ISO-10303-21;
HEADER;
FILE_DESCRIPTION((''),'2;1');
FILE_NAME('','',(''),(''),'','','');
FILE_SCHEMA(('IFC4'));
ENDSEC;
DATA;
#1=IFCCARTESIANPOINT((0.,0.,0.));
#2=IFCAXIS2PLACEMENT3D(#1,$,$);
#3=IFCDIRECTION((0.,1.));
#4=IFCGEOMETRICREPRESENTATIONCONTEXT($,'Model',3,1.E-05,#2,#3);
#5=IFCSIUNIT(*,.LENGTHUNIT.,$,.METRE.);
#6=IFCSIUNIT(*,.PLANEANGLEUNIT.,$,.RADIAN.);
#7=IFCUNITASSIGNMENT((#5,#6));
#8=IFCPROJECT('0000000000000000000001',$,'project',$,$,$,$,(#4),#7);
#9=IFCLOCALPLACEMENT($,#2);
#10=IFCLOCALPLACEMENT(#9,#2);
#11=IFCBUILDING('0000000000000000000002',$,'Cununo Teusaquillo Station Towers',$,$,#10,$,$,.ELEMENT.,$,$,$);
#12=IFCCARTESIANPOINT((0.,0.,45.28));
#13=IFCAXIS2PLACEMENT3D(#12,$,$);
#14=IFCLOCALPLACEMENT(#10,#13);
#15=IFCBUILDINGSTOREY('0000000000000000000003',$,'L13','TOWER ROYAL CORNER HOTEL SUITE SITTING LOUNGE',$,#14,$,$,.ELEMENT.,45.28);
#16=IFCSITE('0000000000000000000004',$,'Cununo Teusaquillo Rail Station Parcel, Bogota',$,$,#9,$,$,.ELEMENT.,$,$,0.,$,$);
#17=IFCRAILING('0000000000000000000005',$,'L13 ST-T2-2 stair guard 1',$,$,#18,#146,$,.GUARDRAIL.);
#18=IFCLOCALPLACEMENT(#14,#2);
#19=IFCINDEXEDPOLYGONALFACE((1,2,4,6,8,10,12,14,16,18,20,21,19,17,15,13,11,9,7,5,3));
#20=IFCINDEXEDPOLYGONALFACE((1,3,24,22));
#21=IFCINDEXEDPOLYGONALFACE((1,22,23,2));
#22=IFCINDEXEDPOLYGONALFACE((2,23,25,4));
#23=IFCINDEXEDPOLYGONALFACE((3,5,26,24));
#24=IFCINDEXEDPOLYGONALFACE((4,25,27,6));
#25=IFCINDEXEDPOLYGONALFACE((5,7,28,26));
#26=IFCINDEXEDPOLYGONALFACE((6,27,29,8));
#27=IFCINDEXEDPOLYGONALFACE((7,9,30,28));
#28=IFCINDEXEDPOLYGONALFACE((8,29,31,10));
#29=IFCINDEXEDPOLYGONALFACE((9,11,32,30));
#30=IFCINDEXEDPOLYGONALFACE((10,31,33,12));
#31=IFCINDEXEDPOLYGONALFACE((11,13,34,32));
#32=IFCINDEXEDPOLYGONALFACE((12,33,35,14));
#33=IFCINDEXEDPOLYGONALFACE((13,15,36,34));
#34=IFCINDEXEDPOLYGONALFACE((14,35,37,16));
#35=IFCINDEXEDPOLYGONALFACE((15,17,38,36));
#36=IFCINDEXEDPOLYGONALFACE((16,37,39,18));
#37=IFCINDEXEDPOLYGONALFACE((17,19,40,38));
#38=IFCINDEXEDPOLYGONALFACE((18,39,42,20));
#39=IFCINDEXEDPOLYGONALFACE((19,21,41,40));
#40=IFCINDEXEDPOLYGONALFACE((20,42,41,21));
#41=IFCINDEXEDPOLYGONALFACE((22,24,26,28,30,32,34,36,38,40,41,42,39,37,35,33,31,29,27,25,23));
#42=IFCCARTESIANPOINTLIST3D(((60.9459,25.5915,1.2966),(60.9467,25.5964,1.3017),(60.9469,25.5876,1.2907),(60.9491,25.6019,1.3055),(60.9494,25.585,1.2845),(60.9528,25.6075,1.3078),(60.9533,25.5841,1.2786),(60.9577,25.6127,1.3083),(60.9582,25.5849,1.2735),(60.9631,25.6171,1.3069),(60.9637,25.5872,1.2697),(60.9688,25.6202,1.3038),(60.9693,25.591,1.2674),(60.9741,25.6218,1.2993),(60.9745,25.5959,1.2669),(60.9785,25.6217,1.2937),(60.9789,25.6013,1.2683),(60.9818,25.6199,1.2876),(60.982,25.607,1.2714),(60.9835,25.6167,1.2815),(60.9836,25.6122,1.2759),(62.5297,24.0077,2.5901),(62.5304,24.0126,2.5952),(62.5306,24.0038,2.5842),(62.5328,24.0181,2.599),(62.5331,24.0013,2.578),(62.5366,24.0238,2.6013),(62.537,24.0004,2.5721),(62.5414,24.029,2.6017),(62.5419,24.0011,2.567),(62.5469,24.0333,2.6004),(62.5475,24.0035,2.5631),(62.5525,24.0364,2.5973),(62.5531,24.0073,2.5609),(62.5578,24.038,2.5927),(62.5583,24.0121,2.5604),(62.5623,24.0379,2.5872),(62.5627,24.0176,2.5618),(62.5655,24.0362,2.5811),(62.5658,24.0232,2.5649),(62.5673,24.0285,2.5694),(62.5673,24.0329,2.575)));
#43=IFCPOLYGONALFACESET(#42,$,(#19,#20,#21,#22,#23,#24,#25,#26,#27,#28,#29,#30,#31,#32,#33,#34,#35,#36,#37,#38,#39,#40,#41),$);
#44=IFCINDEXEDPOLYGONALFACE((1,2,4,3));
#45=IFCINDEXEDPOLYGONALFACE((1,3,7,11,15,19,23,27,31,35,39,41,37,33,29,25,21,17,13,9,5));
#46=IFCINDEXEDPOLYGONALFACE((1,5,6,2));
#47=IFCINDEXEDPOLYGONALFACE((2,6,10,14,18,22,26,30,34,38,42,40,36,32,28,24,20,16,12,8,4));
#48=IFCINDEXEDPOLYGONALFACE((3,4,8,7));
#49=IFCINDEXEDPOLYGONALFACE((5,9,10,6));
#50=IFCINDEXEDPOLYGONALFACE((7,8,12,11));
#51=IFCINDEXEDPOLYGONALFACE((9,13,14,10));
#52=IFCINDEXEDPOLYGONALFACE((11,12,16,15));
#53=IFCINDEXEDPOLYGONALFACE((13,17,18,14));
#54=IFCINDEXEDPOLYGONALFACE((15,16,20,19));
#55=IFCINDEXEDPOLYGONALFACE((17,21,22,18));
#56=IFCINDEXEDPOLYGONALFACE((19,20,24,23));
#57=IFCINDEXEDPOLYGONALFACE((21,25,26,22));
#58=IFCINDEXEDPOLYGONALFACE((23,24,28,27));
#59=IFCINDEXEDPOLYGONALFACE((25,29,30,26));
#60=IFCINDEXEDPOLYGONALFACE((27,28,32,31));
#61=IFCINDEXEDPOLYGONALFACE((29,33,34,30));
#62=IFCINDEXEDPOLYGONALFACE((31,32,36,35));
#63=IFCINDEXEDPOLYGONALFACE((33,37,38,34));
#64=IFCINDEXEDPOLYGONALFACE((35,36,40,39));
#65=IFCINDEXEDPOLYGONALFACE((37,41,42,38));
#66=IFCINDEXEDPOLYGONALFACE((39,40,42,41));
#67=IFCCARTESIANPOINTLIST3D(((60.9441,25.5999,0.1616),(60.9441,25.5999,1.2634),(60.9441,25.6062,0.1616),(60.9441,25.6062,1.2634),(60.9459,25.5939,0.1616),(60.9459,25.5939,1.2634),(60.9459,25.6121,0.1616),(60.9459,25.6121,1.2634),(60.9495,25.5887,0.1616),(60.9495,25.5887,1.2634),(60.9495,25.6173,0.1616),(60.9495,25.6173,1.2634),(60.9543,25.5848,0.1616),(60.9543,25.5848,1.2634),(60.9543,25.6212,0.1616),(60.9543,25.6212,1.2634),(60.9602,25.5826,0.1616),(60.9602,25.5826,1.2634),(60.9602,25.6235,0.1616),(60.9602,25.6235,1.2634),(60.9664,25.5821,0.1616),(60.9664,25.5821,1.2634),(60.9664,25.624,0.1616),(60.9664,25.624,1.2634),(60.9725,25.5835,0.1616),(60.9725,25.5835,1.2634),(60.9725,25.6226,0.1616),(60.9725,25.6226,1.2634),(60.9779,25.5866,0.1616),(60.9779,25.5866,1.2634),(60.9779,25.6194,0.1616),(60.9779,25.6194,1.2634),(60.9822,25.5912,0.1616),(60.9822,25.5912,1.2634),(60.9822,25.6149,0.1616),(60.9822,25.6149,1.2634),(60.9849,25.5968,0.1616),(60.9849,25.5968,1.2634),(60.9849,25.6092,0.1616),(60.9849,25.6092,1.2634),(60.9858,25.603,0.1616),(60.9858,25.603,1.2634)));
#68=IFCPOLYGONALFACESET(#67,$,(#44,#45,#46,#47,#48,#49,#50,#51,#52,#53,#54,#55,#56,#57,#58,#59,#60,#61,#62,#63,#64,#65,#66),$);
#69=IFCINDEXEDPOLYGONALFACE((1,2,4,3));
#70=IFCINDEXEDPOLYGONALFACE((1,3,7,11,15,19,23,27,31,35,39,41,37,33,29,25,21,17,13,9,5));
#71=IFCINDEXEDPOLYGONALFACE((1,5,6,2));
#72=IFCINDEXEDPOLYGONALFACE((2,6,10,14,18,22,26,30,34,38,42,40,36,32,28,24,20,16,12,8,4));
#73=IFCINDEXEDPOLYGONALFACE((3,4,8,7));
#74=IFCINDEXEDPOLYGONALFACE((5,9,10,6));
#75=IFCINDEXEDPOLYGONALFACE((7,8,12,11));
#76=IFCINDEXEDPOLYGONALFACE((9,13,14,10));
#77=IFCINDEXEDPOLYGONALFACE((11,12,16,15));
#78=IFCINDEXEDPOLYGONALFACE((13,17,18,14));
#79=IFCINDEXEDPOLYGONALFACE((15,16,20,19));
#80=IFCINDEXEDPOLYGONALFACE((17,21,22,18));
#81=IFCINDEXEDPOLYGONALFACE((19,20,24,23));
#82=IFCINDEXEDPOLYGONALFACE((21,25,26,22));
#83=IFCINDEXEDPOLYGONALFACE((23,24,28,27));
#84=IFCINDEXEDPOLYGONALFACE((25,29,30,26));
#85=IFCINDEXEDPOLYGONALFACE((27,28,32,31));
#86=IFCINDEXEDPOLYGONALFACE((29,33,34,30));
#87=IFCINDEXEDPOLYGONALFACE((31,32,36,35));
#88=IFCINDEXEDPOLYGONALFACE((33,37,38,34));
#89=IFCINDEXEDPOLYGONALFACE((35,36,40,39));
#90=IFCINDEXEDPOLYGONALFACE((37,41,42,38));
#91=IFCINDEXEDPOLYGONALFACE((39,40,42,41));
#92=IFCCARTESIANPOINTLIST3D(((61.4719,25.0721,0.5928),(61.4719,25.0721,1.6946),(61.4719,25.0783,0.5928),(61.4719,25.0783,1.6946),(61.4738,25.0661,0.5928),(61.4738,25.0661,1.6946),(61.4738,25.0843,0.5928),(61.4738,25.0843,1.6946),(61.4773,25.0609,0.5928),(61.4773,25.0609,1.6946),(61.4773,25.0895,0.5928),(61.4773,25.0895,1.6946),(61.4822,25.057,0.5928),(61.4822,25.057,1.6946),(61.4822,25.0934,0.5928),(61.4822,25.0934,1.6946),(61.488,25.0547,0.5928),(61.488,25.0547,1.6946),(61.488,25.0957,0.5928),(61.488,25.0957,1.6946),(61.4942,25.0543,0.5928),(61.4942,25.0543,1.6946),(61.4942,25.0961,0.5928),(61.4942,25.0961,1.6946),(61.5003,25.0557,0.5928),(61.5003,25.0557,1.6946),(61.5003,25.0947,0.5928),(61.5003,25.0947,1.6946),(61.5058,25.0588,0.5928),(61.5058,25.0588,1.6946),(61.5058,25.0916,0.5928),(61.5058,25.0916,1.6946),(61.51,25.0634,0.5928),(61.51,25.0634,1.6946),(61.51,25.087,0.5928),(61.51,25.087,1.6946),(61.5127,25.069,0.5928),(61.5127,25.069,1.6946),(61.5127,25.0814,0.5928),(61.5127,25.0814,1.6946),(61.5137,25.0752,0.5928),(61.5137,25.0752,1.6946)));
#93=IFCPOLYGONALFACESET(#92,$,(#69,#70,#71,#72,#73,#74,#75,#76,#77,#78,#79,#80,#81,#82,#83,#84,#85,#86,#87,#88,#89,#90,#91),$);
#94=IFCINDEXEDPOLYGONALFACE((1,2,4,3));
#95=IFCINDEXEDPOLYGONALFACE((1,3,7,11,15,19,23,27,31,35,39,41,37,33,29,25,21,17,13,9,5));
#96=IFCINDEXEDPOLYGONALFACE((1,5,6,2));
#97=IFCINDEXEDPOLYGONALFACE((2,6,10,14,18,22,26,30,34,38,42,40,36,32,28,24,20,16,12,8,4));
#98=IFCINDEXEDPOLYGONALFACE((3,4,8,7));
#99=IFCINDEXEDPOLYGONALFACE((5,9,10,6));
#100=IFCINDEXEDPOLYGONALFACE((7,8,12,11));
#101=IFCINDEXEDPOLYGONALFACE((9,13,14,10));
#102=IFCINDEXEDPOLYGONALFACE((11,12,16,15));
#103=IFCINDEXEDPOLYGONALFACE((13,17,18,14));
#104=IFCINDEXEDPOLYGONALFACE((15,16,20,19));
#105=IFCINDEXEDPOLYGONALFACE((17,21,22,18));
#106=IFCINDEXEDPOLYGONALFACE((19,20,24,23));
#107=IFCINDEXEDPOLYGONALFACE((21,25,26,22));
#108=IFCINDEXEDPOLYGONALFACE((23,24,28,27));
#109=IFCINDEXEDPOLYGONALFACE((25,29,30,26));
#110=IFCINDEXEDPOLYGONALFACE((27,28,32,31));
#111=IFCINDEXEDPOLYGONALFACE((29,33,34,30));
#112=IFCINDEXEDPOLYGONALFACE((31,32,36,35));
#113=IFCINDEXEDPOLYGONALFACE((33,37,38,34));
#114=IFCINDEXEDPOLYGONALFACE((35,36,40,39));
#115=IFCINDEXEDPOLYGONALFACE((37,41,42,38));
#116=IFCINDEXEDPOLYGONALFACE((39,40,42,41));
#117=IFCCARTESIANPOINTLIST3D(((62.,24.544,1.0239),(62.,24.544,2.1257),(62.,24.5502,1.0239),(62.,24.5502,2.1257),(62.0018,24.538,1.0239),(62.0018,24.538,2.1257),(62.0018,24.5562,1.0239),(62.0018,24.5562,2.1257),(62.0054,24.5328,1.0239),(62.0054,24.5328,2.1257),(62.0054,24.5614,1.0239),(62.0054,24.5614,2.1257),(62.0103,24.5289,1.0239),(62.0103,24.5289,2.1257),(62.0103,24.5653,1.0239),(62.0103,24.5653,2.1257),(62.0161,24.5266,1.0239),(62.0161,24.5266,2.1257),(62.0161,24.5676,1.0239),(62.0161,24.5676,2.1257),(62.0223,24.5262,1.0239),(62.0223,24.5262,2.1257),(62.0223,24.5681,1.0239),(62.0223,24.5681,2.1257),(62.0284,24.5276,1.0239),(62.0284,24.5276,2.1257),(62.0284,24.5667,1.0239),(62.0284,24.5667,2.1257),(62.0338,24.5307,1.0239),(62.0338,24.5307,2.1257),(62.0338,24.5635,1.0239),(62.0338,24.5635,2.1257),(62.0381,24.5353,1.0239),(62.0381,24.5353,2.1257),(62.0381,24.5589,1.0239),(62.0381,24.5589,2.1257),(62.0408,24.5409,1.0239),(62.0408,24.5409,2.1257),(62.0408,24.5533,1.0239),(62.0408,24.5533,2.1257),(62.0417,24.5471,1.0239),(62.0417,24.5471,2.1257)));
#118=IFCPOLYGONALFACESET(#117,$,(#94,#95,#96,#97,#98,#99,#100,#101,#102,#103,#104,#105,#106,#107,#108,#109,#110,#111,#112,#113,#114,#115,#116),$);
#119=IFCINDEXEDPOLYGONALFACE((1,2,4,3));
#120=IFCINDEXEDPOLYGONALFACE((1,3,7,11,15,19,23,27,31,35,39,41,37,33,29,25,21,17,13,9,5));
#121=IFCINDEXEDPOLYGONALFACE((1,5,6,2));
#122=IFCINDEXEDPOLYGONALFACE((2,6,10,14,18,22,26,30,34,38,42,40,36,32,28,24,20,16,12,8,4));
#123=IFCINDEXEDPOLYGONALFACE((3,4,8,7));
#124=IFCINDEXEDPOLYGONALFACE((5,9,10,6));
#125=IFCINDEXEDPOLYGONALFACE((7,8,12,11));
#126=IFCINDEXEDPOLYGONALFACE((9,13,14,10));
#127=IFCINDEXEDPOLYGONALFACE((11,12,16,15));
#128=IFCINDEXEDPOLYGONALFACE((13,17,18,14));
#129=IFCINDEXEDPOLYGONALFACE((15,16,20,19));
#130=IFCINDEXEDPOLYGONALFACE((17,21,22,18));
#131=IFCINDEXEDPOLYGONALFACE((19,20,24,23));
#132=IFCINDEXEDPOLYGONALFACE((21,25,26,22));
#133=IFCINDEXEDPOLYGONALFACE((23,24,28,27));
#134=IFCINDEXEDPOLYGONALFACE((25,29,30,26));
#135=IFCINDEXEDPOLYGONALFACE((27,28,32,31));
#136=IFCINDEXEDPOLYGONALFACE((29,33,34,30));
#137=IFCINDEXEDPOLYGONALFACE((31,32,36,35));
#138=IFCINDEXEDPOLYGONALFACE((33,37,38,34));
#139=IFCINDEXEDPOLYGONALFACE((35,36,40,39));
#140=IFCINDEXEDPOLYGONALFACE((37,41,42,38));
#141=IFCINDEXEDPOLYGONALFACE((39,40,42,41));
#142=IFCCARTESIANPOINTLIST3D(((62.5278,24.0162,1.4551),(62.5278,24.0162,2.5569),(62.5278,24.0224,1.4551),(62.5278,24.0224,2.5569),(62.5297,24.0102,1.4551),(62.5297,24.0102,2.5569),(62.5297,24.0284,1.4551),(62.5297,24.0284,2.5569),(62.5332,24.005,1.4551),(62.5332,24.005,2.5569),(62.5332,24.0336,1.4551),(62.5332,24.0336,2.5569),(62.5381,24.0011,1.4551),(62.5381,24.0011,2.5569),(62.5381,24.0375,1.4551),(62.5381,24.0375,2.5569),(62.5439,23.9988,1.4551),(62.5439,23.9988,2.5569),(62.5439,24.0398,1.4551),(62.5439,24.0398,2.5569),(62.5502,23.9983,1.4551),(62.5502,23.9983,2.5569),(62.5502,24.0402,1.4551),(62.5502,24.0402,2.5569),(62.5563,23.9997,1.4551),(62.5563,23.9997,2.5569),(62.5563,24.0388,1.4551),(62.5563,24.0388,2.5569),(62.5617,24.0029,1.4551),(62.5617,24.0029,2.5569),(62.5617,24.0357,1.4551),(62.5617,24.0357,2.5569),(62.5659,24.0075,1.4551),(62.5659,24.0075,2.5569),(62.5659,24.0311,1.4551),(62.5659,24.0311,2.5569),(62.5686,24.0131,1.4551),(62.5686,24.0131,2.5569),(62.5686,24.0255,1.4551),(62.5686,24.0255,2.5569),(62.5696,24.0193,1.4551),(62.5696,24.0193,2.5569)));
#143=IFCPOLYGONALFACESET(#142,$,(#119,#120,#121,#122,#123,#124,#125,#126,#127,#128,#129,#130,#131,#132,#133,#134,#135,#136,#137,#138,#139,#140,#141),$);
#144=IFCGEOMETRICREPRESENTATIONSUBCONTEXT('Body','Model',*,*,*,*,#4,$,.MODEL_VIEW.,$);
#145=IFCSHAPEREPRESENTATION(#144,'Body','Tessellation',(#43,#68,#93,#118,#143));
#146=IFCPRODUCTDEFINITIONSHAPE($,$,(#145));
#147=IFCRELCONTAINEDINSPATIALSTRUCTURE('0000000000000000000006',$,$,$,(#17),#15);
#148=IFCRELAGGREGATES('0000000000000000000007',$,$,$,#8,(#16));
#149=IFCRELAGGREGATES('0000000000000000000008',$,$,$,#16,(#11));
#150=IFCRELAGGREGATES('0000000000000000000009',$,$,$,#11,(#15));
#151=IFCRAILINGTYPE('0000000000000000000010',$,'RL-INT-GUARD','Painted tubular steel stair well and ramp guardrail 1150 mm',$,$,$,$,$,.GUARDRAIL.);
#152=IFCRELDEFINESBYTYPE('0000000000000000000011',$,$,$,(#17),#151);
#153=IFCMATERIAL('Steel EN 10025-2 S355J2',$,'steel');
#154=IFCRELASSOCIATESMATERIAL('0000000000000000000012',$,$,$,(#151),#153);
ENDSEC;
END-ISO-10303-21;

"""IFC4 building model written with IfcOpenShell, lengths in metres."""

from ifc_helpers import new_model, si_unit, direction, frame, origin, origin_2d, place, context, subcontext, project, spatial, circle, extrude, material, type_object, element, save


model = new_model("IFC4")

# Units and contexts
model_context = context("Model", 3, precision=1e-05, world=origin(), true_north=direction((0.0, 1.0)))
body_context = subcontext(model_context, "Body", "Model", "MODEL_VIEW")
ifc_project = project(units=[si_unit("LENGTHUNIT", "METRE"), si_unit("PLANEANGLEUNIT", "RADIAN")], contexts=[model_context])

# Site, building, storey
site_placement = place(None, origin())
site = spatial("IfcSite", under=ifc_project, at=site_placement, Name="Cununo Teusaquillo Rail Station Parcel, Bogota", CompositionType="ELEMENT", RefElevation=0.0)
building_placement = place(site_placement, origin())
building = spatial("IfcBuilding", under=site, at=building_placement, Name="Cununo Teusaquillo Station Towers", CompositionType="ELEMENT")
storey_placement = place(building_placement, frame((0.0, 0.0, 45.28)))
storey = spatial("IfcBuildingStorey", under=building, at=storey_placement, Name="L13", Description="TOWER ROYAL CORNER HOTEL SUITE SITTING LOUNGE", CompositionType="ELEMENT", Elevation=45.28)

# Railing
ifc_material_1 = material(Name="Steel EN 10025-2 S355J2", Category="steel")
railing_type_1 = type_object("IfcRailingType", Name="RL-INT-GUARD", Description="Painted tubular steel stair well and ramp guardrail 1150 mm", PredefinedType="GUARDRAIL", material=ifc_material_1)
railing_1_placement = place(storey_placement, frame((60.9648, 25.603, 0.1616)))
element("IfcRailing", 1, at=railing_1_placement, inside=storey, type_object=railing_type_1, Name="L13 ST-T2-2 stair guard 1", PredefinedType="GUARDRAIL", context=body_context, shape_type="SweptSolid", body=[
    extrude(circle(Radius=0.0239, at=origin_2d()), frame((0.0, 0.0, 1.126), z_axis=(0.612332, -0.612332, 0.500098), x_axis=(0.707107, 0.707107, 0.0)), (0.0, 0.0, 1.0), 2.5864),
    extrude(circle(Radius=0.021, at=origin_2d()), origin(), (0.0, 0.0, 1.0), 1.1018),
    extrude(circle(Radius=0.021, at=origin_2d()), frame((0.5278, -0.5278, 0.4312)), (0.0, 0.0, 1.0), 1.1018),
    extrude(circle(Radius=0.021, at=origin_2d()), frame((1.0559, -1.0559, 0.8623)), (0.0, 0.0, 1.0), 1.1018),
    extrude(circle(Radius=0.021, at=origin_2d()), frame((1.5837, -1.5837, 1.2935)), (0.0, 0.0, 1.0), 1.1018),
])

save(model, "model.ifc")
